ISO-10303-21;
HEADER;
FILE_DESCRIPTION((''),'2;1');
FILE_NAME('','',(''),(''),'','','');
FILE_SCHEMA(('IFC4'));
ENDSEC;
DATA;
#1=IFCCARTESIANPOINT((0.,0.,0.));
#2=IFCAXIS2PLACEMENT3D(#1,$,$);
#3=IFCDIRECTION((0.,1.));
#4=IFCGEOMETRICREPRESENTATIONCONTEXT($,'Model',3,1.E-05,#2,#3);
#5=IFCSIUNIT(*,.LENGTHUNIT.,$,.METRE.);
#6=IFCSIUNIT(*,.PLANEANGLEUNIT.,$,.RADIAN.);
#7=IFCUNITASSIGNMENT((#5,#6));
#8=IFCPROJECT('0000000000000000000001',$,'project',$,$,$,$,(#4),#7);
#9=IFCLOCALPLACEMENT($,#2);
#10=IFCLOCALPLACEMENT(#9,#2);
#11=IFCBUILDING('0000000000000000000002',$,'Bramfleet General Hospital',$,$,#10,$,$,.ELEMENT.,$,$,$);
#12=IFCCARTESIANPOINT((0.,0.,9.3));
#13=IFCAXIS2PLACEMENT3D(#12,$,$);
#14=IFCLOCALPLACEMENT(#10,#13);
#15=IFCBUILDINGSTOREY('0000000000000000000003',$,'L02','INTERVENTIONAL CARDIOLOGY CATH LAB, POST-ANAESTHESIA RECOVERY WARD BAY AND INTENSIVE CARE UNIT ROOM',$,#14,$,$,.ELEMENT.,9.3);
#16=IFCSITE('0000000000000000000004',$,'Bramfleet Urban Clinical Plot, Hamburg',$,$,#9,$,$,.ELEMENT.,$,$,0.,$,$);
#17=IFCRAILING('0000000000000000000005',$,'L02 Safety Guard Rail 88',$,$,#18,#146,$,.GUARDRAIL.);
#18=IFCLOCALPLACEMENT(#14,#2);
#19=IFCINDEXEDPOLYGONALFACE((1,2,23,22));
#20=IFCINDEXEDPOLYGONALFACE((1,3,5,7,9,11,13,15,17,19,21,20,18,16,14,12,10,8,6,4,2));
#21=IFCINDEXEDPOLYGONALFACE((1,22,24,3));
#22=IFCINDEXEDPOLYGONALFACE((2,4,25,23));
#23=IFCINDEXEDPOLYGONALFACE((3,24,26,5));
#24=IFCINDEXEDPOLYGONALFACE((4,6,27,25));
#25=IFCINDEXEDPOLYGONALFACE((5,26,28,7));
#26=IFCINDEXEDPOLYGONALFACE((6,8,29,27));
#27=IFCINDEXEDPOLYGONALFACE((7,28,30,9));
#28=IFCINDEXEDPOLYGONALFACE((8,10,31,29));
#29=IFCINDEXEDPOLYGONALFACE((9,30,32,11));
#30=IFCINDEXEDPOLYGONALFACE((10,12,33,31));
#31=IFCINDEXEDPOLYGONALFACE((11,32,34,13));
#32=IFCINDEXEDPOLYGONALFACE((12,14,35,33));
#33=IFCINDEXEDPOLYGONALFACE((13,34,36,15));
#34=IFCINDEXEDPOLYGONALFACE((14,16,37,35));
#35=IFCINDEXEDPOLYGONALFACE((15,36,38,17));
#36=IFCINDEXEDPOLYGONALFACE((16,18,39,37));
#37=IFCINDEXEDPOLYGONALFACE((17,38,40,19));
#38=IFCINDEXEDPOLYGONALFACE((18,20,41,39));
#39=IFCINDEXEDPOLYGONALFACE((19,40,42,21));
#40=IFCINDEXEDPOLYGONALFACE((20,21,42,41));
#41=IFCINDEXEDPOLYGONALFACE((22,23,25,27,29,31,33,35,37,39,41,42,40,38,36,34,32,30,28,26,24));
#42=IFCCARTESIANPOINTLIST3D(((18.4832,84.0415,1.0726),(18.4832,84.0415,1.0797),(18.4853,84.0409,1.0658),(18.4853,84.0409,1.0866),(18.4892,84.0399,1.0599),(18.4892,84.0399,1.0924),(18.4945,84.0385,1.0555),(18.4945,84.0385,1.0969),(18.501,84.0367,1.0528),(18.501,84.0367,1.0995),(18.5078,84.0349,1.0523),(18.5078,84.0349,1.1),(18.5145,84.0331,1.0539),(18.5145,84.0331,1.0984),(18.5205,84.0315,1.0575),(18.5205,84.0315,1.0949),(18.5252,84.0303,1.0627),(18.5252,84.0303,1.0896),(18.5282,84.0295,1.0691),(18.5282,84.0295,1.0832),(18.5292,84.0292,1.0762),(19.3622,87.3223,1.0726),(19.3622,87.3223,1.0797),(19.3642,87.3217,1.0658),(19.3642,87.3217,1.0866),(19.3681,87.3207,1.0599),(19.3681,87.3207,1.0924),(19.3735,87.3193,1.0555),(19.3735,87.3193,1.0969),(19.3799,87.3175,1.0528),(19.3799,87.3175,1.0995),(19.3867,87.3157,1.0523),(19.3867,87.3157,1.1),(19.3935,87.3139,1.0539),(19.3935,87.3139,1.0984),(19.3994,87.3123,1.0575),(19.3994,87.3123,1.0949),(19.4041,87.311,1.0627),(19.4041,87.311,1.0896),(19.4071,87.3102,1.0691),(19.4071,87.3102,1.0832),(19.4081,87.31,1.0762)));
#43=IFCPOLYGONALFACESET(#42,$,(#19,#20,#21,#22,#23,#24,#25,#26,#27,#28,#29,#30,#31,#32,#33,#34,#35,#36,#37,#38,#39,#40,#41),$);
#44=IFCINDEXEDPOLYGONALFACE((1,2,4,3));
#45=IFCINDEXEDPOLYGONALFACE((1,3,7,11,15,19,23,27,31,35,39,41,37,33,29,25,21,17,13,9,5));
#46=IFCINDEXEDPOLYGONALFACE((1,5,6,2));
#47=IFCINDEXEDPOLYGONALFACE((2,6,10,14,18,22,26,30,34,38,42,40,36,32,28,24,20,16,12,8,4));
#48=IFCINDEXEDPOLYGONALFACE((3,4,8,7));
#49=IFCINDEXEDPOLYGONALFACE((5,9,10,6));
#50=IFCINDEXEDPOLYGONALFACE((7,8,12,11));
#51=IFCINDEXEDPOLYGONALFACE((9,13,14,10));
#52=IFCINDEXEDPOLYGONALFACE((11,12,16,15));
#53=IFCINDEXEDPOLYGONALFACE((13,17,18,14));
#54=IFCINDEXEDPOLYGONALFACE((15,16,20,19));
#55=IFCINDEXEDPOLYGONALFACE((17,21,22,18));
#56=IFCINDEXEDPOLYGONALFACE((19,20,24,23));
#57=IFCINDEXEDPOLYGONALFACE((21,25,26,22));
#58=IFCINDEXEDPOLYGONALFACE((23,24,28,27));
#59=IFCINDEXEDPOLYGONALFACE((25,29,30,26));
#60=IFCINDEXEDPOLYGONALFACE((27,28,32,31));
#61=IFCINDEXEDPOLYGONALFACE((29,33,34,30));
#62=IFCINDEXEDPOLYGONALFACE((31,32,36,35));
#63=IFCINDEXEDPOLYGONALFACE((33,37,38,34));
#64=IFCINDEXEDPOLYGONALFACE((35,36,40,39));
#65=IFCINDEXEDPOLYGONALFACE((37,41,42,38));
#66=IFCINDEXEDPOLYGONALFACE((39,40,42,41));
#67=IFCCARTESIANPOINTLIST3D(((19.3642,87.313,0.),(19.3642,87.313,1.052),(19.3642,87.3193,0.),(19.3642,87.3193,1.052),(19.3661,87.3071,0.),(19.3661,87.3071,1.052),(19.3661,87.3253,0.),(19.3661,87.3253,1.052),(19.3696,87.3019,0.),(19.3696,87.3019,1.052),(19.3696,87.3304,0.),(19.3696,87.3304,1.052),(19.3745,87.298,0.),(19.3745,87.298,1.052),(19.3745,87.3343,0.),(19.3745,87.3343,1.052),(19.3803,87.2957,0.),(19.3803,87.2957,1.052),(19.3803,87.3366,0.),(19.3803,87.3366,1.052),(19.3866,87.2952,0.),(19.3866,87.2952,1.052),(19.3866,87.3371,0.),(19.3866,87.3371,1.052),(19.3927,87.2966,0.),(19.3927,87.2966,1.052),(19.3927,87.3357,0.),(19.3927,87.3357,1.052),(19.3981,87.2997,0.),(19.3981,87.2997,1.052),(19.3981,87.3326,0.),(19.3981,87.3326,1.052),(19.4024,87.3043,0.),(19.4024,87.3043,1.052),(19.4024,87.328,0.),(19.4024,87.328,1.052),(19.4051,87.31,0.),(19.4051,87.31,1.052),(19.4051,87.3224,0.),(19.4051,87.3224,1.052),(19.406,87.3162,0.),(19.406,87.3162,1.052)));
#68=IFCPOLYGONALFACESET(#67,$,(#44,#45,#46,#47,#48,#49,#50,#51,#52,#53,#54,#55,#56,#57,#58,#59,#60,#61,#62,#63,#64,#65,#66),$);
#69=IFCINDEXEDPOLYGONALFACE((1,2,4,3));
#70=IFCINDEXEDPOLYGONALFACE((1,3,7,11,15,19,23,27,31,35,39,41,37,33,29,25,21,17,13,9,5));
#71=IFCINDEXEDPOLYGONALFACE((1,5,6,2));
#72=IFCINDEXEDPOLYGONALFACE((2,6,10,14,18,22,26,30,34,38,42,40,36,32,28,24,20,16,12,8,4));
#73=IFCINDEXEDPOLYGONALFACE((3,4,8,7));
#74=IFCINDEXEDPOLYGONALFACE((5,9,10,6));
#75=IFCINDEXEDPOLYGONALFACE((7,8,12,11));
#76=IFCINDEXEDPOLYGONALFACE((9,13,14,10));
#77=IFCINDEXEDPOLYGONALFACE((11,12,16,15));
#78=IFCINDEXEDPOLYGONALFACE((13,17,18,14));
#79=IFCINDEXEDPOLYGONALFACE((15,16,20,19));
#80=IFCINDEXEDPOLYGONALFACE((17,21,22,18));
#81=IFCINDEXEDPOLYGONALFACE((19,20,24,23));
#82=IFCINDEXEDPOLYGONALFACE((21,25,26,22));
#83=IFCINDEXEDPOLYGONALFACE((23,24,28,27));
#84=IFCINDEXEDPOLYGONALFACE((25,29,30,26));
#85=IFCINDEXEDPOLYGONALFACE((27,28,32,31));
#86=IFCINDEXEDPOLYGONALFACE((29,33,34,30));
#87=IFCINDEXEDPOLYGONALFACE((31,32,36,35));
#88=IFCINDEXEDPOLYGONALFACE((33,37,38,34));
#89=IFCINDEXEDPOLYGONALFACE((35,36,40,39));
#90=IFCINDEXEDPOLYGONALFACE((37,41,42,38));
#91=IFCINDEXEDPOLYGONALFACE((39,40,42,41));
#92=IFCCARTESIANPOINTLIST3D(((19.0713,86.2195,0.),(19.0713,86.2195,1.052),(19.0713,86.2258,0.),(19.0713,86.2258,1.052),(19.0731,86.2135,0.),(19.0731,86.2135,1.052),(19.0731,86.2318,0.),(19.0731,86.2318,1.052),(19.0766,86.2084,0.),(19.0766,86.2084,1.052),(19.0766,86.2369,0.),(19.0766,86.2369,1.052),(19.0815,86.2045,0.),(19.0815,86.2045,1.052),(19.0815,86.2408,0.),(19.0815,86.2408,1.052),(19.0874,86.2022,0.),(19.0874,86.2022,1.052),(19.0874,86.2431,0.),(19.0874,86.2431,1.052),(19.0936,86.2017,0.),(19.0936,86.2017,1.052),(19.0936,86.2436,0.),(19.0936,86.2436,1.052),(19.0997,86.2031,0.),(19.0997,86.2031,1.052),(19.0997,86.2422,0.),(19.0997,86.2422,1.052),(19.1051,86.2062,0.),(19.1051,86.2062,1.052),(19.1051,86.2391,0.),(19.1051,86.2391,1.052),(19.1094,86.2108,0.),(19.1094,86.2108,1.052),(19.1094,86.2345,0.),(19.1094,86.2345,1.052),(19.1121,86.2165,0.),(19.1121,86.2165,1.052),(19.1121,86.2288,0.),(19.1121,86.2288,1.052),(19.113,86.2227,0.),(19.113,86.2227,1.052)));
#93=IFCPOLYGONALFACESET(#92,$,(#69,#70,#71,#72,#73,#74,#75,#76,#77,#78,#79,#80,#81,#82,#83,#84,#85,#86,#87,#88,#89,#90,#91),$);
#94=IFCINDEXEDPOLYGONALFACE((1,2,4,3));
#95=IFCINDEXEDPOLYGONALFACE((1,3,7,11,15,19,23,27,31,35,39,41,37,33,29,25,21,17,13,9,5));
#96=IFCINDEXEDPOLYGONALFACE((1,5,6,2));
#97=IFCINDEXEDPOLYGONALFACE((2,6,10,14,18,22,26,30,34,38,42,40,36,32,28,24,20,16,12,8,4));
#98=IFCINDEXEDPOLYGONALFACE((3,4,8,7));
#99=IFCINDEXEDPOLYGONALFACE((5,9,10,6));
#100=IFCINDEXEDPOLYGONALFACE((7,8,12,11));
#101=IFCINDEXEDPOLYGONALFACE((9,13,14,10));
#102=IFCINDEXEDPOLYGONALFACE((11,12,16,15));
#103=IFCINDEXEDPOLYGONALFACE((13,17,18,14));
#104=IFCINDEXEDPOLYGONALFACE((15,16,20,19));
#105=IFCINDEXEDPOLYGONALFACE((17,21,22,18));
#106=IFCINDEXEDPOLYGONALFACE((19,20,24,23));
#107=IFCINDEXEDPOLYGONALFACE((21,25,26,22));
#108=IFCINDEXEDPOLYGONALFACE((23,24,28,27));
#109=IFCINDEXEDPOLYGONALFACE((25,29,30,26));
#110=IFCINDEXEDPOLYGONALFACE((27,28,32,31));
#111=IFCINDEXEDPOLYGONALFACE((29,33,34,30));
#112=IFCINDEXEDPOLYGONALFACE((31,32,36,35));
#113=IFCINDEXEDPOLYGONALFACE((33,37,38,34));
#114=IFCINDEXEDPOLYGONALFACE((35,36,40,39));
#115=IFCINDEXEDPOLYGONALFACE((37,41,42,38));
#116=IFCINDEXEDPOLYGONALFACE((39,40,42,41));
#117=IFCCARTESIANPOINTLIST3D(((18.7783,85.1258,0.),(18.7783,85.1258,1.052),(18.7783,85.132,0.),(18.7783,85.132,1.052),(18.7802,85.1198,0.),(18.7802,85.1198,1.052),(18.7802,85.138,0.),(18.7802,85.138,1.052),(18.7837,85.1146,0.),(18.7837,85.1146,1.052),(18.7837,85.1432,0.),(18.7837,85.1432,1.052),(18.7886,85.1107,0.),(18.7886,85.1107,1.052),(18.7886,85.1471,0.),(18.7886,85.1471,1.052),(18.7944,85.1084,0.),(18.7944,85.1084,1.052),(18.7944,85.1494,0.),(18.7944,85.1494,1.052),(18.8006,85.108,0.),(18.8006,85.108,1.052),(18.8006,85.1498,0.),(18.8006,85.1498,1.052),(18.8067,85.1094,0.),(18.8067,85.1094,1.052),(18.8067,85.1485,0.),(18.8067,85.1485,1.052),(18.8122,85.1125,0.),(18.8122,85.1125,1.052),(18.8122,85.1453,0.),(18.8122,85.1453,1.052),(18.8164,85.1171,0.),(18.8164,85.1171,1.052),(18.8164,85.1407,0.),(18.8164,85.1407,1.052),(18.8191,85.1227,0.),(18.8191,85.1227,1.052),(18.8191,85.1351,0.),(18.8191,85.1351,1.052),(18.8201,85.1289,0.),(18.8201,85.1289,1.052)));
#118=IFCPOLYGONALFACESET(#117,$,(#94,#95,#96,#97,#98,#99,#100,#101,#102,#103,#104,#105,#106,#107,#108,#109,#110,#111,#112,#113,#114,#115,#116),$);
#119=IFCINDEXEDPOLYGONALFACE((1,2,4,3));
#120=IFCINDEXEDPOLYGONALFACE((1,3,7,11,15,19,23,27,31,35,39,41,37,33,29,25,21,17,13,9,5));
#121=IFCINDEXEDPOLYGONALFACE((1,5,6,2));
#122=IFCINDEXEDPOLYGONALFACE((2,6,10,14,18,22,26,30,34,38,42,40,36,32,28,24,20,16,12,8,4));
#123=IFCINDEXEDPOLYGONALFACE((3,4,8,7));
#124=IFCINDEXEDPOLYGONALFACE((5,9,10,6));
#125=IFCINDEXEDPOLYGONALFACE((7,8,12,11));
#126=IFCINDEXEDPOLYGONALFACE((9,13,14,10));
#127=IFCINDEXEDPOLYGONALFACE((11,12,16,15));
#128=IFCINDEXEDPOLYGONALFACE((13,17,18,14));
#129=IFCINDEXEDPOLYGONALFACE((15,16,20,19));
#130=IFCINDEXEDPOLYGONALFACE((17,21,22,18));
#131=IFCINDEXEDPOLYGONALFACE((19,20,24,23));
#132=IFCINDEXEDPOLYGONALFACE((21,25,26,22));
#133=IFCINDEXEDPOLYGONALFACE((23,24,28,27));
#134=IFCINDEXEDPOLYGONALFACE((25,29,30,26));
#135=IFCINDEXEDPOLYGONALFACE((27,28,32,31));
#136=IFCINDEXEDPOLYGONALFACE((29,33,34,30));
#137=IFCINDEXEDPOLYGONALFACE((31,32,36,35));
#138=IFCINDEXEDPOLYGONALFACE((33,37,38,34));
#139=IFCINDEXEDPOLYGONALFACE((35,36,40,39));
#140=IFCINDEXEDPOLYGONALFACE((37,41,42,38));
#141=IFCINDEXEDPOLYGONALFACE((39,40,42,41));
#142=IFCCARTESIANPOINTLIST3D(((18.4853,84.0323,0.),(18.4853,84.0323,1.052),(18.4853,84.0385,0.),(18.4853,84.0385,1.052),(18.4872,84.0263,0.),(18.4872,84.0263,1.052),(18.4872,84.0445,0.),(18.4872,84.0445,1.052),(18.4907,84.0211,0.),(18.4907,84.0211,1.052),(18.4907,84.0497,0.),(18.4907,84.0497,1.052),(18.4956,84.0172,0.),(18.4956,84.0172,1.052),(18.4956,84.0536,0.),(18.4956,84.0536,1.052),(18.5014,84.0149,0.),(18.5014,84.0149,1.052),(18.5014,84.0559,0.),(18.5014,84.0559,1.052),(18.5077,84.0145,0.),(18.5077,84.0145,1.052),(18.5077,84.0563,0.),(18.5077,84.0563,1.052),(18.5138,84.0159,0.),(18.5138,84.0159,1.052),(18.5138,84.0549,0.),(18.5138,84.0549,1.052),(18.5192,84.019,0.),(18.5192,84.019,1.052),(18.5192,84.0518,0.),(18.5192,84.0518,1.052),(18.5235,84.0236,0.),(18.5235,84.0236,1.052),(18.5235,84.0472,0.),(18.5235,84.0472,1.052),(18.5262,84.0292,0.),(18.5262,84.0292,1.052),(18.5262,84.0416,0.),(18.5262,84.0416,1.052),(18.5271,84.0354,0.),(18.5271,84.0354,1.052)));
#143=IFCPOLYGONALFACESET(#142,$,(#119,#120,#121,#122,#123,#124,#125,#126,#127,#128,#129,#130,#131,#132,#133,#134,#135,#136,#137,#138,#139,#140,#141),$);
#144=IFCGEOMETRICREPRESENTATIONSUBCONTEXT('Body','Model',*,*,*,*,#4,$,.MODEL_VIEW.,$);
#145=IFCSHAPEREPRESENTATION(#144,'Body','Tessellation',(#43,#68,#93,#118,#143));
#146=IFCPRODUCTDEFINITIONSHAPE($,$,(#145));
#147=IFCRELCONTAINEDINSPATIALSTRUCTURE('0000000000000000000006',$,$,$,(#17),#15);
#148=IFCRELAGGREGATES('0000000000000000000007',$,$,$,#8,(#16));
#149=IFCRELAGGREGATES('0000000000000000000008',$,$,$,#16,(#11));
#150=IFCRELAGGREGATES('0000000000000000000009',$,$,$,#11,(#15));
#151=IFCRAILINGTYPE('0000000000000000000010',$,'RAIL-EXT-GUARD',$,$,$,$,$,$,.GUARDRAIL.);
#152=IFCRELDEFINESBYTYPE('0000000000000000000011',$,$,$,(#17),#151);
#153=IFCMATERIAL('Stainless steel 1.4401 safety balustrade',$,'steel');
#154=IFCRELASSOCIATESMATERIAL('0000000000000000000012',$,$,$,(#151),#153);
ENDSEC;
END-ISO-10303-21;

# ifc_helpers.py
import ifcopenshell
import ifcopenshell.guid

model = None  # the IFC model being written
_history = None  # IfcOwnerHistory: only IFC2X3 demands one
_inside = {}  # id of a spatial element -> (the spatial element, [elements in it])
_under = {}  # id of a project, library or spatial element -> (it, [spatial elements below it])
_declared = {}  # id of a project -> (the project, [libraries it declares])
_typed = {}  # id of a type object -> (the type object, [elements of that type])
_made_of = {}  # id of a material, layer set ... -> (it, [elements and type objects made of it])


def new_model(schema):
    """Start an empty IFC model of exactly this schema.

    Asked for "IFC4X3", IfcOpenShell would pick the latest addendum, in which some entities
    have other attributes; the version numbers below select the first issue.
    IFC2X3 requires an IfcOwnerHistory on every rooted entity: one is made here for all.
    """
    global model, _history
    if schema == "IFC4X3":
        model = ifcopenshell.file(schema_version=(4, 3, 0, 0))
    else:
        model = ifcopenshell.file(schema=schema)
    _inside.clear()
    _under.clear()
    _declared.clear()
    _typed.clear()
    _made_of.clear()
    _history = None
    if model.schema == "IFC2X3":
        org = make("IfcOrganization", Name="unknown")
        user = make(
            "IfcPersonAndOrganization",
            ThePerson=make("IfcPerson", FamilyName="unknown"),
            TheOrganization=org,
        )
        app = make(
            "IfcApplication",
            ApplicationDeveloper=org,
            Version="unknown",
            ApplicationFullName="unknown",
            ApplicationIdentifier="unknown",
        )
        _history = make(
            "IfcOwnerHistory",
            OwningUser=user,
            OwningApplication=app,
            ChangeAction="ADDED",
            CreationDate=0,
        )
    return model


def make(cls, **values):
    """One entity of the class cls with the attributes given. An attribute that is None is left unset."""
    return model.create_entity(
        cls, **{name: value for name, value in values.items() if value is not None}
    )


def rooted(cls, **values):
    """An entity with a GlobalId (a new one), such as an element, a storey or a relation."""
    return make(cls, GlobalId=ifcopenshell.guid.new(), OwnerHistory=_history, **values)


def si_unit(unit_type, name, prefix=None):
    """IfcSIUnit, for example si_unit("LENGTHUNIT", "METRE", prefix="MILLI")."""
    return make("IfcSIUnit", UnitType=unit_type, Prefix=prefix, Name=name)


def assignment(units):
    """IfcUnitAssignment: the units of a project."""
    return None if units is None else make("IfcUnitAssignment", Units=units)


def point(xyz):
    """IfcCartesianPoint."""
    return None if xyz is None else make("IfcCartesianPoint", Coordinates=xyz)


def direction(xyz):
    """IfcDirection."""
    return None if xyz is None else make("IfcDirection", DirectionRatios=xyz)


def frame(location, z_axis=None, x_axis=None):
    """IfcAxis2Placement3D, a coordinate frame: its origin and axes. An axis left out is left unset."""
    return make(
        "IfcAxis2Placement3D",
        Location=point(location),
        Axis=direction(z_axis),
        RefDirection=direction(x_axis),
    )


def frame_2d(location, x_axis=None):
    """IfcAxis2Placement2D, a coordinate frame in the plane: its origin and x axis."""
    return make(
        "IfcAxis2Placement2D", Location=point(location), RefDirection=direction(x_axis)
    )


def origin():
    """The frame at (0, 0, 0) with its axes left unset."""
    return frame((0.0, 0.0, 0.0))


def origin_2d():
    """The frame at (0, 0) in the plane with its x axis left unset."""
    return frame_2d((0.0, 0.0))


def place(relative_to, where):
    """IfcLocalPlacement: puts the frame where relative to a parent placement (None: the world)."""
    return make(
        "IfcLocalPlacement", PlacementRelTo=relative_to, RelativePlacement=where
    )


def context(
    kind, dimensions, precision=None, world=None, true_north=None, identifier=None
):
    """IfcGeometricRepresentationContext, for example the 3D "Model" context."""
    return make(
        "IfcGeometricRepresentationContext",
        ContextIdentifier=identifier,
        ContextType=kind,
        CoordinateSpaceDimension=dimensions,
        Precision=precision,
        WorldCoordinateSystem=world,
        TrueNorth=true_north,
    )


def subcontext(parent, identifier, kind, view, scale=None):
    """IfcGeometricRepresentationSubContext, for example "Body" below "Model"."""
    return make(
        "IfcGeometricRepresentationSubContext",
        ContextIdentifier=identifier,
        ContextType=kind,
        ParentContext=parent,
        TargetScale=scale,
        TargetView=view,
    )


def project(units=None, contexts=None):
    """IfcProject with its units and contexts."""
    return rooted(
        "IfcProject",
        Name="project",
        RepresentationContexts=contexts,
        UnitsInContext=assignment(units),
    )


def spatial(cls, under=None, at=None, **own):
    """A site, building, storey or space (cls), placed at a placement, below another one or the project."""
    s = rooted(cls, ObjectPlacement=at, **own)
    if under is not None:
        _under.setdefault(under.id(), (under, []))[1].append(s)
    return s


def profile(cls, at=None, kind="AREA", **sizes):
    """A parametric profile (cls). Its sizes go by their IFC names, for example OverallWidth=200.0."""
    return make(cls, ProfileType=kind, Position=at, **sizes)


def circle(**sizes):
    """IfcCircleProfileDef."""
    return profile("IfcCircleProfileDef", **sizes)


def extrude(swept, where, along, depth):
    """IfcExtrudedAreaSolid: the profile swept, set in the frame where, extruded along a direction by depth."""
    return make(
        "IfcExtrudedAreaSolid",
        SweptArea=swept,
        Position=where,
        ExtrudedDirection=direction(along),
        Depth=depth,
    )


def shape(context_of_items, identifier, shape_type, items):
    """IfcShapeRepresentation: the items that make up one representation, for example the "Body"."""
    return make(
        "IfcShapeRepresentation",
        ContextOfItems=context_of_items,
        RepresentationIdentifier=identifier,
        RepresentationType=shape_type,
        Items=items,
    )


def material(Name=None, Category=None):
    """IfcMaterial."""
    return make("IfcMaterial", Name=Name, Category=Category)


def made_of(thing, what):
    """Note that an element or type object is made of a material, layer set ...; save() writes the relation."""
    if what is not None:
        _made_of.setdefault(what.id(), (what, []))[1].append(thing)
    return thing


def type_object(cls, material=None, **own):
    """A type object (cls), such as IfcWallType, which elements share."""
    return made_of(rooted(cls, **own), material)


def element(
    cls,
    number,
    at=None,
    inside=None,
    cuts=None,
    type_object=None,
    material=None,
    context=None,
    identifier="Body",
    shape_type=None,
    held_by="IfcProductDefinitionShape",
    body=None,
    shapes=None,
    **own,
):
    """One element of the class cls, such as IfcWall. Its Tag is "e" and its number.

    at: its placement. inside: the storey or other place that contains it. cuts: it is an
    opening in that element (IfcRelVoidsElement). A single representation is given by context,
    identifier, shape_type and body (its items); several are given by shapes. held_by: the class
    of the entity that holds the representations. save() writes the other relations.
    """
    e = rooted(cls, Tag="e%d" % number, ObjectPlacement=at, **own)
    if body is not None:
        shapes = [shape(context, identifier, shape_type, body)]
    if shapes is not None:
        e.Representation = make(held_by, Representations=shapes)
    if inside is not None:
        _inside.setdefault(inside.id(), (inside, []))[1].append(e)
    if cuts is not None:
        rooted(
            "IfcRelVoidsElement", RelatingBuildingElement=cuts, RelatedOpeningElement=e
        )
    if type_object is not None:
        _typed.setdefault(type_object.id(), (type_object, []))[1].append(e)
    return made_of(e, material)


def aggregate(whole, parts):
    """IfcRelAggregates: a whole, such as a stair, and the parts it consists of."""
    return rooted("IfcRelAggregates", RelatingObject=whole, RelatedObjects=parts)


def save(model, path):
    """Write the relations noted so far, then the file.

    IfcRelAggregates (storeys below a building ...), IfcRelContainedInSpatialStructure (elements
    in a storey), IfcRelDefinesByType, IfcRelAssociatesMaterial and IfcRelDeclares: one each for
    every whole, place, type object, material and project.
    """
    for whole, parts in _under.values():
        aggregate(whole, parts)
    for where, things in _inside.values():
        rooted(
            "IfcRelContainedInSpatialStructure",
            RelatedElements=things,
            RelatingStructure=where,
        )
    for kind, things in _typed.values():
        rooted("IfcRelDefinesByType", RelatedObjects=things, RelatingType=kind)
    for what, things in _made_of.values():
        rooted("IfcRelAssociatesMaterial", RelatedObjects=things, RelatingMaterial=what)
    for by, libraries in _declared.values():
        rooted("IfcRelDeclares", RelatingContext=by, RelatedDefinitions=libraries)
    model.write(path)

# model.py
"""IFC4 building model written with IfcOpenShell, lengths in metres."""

from ifc_helpers import new_model, si_unit, direction, frame, origin, origin_2d, place, context, subcontext, project, spatial, circle, extrude, material, type_object, element, save


model = new_model("IFC4")

# Units and contexts
model_context = context("Model", 3, precision=1e-05, world=origin(), true_north=direction((0.0, 1.0)))
body_context = subcontext(model_context, "Body", "Model", "MODEL_VIEW")
ifc_project = project(units=[si_unit("LENGTHUNIT", "METRE"), si_unit("PLANEANGLEUNIT", "RADIAN")], contexts=[model_context])

# Site, building, storey
site_placement = place(None, origin())
site = spatial("IfcSite", under=ifc_project, at=site_placement, Name="Bramfleet Urban Clinical Plot, Hamburg", CompositionType="ELEMENT", RefElevation=0.0)
building_placement = place(site_placement, origin())
building = spatial("IfcBuilding", under=site, at=building_placement, Name="Bramfleet General Hospital", CompositionType="ELEMENT")
storey_placement = place(building_placement, frame((0.0, 0.0, 9.3)))
storey = spatial("IfcBuildingStorey", under=building, at=storey_placement, Name="L02", Description="INTERVENTIONAL CARDIOLOGY CATH LAB, POST-ANAESTHESIA RECOVERY WARD BAY AND INTENSIVE CARE UNIT ROOM", CompositionType="ELEMENT", Elevation=9.3)

# Railing
ifc_material_1 = material(Name="Stainless steel 1.4401 safety balustrade", Category="steel")
railing_type = type_object("IfcRailingType", Name="RAIL-EXT-GUARD", PredefinedType="GUARDRAIL", material=ifc_material_1)
railing_1_placement = place(storey_placement, frame((19.385, 87.3162, 0.0)))
element("IfcRailing", 1, at=railing_1_placement, inside=storey, type_object=railing_type, Name="L02 Safety Guard Rail 88", PredefinedType="GUARDRAIL", context=body_context, shape_type="SweptSolid", body=[
    extrude(circle(Radius=0.0239, at=origin_2d()), frame((0.0, 0.0, 1.0762), z_axis=(-0.258772, -0.965938, 0.0), x_axis=(0.965938, -0.258772, 0.0)), (0.0, 0.0, 1.0), 3.3965),
    extrude(circle(Radius=0.021, at=origin_2d()), origin(), (0.0, 0.0, 1.0), 1.052),
    extrude(circle(Radius=0.021, at=origin_2d()), frame((-0.293, -1.0935, 0.0)), (0.0, 0.0, 1.0), 1.052),
    extrude(circle(Radius=0.021, at=origin_2d()), frame((-0.5859, -2.1873, 0.0)), (0.0, 0.0, 1.0), 1.052),
    extrude(circle(Radius=0.021, at=origin_2d()), frame((-0.8789, -3.2808, 0.0)), (0.0, 0.0, 1.0), 1.052),
])

save(model, "model.ifc")
